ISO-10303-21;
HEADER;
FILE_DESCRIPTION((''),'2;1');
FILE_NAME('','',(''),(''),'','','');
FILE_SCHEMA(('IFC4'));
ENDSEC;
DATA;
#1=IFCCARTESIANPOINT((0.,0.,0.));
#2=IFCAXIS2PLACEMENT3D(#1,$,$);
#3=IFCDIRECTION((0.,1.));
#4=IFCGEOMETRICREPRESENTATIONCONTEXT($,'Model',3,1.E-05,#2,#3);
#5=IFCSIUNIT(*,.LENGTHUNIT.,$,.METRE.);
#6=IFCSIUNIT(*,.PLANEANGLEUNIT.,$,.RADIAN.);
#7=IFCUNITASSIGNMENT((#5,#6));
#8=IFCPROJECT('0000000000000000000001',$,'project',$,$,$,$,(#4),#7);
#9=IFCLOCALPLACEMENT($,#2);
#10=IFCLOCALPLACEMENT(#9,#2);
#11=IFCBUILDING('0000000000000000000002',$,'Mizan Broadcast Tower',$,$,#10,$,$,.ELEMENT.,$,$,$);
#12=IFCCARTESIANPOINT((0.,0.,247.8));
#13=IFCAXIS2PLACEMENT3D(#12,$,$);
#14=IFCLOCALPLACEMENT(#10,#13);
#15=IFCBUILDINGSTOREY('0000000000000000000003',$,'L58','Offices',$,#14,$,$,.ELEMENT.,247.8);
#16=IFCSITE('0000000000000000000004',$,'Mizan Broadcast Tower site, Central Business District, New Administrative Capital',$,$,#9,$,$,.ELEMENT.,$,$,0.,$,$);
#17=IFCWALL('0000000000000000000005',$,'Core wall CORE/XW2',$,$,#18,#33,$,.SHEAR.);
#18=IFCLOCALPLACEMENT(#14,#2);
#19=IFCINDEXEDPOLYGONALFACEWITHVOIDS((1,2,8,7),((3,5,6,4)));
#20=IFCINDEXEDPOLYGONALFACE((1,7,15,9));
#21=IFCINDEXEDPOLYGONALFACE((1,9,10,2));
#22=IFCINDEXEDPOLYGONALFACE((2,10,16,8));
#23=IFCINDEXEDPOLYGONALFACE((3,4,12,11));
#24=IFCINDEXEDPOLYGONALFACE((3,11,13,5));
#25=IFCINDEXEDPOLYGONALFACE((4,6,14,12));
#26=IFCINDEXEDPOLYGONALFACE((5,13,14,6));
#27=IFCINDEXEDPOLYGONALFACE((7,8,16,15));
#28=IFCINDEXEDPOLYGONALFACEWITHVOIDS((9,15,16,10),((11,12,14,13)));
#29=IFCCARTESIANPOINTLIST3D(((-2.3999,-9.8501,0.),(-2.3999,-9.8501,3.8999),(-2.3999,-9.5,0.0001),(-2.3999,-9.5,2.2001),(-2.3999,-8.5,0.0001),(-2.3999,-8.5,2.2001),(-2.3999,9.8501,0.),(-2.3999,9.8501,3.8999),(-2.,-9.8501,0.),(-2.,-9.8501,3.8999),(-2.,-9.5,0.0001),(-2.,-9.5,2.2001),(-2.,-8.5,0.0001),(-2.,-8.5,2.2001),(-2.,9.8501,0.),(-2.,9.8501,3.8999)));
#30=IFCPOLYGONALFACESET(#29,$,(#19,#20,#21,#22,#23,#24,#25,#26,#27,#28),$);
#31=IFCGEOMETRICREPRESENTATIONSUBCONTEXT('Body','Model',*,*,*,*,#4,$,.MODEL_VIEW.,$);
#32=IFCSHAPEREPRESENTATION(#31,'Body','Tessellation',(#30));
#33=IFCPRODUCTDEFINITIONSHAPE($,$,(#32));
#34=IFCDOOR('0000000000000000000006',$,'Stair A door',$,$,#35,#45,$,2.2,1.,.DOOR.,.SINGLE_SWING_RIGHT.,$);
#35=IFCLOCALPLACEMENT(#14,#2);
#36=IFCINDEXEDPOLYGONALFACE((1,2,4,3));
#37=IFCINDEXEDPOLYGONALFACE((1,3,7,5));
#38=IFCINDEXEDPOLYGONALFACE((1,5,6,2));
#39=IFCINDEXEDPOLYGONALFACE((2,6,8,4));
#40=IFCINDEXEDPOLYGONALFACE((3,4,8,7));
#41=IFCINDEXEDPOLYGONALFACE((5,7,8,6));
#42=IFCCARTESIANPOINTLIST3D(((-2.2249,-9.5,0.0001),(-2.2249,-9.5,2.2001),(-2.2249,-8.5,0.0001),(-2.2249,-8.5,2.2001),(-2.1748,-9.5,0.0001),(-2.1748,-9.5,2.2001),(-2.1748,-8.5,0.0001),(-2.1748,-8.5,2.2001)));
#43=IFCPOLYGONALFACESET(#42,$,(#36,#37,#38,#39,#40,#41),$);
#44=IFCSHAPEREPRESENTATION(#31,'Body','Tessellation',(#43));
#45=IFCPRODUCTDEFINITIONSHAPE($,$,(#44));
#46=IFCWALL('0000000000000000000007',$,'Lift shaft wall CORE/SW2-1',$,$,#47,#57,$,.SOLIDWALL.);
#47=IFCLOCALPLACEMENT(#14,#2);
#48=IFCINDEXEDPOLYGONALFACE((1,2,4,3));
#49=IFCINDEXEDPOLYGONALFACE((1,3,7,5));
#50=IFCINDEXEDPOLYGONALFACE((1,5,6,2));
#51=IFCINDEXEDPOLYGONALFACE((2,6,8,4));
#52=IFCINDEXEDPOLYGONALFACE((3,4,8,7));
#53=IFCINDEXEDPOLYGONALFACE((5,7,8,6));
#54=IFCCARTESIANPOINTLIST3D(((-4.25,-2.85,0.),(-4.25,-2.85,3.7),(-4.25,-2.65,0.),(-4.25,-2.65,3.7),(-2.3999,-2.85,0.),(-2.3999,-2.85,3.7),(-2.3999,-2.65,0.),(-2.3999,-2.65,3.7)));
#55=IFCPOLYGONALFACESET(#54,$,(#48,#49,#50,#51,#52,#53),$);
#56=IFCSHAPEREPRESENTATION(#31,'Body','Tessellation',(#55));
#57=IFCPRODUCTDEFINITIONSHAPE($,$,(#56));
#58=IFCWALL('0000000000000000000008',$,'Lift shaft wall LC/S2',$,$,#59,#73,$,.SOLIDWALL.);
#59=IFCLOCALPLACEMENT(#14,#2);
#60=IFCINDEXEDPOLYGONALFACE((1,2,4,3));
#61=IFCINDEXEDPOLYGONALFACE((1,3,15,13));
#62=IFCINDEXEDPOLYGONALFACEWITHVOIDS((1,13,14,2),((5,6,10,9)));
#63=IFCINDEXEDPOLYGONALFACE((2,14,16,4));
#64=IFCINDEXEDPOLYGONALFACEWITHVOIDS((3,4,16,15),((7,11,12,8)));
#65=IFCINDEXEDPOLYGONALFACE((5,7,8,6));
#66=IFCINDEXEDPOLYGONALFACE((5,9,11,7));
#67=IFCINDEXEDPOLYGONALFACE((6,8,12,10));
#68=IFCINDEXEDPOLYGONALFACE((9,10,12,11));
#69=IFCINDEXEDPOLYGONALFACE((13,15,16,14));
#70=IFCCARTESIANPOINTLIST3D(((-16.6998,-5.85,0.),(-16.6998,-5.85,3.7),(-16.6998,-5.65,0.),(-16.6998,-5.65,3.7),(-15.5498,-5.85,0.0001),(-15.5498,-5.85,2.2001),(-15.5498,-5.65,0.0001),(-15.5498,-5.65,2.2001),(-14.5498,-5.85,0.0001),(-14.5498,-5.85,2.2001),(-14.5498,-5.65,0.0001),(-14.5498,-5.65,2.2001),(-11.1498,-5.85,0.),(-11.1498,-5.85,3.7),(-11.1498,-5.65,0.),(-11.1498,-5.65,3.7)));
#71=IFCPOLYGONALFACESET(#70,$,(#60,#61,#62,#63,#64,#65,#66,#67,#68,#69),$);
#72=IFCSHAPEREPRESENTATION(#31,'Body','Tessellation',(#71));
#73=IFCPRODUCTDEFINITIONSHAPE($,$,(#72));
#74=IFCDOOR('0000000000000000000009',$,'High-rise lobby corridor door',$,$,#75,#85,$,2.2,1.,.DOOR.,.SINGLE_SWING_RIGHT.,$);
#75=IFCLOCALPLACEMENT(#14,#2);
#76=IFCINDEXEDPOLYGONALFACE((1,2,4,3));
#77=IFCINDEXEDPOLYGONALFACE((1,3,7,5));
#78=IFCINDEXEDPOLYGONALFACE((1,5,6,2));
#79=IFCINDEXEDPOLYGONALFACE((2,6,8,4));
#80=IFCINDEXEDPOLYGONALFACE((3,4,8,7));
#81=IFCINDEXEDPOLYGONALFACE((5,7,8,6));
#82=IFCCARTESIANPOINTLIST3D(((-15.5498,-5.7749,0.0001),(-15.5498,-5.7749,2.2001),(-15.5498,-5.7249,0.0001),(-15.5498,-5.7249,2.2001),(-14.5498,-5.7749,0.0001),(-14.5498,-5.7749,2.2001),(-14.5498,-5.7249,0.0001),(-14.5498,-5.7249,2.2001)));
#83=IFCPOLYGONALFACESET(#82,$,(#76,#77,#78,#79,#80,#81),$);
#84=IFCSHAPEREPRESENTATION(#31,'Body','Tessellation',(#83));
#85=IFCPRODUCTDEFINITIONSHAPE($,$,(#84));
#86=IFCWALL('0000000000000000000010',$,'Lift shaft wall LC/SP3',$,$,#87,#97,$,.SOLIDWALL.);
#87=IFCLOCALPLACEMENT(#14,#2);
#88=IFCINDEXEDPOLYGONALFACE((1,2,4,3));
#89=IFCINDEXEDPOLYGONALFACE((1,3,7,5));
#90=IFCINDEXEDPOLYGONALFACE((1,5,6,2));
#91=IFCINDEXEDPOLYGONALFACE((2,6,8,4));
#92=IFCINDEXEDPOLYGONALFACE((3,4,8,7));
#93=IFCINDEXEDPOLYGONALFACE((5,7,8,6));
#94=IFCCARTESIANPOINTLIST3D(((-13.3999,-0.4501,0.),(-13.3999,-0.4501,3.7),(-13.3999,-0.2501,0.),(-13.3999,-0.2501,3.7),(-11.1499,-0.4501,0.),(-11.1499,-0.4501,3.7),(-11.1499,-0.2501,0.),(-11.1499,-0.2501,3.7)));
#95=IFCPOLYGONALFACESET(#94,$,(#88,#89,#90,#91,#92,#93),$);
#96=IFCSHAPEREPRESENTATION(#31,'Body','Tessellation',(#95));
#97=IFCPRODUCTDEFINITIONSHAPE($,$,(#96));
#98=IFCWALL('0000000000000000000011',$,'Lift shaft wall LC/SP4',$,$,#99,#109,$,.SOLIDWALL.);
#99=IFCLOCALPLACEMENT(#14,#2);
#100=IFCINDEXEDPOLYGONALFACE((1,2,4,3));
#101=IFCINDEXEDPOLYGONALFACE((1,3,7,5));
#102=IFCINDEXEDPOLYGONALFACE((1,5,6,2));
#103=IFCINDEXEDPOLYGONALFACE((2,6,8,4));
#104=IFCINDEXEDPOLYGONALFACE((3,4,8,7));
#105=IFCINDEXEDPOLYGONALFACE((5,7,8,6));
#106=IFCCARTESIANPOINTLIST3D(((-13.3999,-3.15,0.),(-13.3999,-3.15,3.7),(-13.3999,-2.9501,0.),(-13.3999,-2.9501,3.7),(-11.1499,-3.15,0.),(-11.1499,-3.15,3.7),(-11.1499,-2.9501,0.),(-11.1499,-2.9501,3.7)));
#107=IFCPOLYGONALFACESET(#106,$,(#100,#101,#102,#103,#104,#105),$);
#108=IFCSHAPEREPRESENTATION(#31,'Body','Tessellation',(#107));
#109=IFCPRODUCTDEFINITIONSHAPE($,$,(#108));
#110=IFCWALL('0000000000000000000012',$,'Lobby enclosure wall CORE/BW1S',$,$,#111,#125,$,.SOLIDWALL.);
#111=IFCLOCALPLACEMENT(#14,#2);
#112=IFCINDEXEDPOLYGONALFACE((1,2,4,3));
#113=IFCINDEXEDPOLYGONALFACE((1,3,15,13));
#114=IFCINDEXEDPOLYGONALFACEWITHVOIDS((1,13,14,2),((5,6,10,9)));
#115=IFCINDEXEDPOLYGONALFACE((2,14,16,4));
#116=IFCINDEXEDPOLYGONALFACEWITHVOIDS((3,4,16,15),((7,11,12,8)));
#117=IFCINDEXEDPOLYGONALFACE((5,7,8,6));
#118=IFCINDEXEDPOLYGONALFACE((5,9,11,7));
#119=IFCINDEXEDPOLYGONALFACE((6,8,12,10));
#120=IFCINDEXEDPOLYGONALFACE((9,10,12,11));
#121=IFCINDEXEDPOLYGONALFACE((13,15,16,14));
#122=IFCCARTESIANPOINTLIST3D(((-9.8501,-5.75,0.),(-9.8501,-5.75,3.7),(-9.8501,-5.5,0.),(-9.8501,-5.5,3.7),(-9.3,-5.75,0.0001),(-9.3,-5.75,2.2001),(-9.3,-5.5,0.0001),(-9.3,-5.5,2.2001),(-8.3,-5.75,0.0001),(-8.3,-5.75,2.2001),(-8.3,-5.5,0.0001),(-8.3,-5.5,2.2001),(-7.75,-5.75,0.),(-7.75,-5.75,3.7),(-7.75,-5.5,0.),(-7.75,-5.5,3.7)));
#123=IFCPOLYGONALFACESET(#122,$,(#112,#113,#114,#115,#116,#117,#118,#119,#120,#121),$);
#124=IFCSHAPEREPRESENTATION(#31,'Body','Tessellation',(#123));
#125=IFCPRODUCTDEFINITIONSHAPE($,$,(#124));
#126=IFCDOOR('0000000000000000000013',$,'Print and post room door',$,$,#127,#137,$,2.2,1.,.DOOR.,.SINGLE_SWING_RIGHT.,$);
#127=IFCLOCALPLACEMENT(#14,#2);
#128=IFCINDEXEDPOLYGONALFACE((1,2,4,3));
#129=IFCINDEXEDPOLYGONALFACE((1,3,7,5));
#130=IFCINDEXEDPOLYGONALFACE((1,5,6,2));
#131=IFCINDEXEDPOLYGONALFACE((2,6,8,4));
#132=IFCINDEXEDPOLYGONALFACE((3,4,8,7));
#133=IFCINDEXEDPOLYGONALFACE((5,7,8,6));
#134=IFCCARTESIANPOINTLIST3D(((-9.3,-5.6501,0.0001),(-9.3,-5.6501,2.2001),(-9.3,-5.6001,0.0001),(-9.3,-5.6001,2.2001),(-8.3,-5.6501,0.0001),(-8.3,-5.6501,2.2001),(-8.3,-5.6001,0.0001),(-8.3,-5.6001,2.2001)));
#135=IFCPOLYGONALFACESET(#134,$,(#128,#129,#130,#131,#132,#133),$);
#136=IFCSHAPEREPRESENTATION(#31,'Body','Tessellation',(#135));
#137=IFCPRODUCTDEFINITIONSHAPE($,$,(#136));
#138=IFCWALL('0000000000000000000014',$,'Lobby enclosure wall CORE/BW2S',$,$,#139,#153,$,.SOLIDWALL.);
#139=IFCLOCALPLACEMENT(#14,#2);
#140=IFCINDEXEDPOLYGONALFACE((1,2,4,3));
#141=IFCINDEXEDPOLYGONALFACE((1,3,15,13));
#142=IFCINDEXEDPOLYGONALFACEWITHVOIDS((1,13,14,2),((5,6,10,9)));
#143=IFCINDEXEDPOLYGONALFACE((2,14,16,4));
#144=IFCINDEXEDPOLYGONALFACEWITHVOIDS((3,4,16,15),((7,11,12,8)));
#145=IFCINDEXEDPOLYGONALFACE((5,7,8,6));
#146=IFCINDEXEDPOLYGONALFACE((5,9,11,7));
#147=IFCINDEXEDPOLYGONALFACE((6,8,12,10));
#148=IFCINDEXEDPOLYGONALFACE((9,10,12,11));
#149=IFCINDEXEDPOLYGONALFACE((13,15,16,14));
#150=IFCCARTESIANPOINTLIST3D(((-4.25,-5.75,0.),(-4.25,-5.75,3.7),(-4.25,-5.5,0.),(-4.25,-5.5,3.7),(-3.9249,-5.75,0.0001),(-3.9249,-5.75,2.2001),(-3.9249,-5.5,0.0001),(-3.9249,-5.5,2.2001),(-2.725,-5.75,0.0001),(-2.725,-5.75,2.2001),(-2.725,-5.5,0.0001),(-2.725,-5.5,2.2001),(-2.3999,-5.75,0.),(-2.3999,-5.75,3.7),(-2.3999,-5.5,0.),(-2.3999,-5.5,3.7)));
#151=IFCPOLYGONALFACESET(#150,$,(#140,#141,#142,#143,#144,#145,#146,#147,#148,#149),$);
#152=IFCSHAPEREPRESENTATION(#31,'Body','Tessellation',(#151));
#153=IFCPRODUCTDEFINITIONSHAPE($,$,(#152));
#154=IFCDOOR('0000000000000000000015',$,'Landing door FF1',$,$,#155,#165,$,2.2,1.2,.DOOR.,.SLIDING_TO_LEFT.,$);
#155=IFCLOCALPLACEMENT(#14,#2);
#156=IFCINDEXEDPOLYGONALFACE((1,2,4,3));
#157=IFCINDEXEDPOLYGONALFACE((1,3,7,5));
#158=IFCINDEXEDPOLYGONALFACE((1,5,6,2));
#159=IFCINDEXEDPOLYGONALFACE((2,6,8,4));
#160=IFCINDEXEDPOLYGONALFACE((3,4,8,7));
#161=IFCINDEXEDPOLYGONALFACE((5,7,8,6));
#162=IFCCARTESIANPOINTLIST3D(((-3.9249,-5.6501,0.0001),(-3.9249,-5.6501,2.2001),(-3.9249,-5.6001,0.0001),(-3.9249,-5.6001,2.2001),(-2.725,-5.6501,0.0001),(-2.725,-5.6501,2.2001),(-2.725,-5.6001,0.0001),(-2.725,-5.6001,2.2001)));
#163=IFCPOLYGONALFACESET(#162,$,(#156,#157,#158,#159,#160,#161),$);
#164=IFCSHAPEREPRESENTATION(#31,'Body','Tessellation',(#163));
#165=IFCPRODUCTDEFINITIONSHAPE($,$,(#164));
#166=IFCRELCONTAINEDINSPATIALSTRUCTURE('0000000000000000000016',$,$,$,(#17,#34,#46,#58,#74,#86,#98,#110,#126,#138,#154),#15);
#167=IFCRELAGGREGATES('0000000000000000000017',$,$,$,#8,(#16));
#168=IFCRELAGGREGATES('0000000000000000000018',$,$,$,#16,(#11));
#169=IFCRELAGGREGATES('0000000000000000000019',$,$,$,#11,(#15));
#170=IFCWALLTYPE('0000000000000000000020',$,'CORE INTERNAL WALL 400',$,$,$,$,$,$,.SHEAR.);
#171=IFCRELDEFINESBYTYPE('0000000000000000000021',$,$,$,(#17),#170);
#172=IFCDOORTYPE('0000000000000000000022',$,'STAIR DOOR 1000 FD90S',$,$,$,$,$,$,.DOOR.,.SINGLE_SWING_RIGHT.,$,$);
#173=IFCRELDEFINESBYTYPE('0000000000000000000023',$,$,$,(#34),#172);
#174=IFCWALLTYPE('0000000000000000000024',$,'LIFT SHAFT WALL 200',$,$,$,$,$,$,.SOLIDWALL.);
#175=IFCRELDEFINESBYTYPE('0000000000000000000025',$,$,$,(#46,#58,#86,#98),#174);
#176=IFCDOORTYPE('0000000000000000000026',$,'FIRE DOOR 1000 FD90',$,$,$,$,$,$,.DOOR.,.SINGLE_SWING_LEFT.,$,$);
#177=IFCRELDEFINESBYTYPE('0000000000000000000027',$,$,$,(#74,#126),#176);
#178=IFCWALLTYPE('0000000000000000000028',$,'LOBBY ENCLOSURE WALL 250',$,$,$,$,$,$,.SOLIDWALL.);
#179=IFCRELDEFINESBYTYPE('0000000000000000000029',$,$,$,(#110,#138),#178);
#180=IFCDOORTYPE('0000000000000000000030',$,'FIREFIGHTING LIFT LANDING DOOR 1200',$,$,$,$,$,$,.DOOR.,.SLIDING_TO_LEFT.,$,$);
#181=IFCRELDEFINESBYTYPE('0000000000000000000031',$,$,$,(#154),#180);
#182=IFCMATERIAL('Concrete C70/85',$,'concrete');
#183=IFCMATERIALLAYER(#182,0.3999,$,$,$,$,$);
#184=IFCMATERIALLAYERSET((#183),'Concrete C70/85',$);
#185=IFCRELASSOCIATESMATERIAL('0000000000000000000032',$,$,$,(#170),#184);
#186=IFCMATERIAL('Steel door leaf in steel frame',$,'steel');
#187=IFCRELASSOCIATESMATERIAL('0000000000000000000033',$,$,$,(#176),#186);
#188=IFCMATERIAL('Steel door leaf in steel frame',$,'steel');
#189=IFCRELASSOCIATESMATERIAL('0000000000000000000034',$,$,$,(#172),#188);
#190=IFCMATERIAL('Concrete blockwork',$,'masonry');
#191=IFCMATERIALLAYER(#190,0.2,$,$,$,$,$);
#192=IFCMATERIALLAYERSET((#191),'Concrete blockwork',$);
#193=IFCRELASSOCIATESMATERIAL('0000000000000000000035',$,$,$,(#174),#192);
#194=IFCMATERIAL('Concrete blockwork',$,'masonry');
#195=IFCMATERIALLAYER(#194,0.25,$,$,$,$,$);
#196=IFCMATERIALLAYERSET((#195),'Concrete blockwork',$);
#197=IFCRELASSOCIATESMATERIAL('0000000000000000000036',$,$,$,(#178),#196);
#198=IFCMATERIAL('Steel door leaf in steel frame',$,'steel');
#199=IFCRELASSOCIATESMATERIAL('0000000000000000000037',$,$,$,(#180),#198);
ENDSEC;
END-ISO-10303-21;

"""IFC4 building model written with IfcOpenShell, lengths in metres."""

from ifc_helpers import new_model, si_unit, direction, frame, frame_2d, origin, place, context, subcontext, project, spatial, rectangle, extrude, material, layer, layer_set, type_object, element, fill, save


model = new_model("IFC4")

# Units and contexts
model_context = context("Model", 3, precision=1e-05, world=origin(), true_north=direction((0.0, 1.0)))
body_context = subcontext(model_context, "Body", "Model", "MODEL_VIEW")
ifc_project = project(units=[si_unit("LENGTHUNIT", "METRE"), si_unit("PLANEANGLEUNIT", "RADIAN")], contexts=[model_context])

# Site, building, storey
site_placement = place(None, origin())
site = spatial("IfcSite", under=ifc_project, at=site_placement, Name="Mizan Broadcast Tower site, Central Business District, New Administrative Capital", CompositionType="ELEMENT", RefElevation=0.0)
building_placement = place(site_placement, origin())
building = spatial("IfcBuilding", under=site, at=building_placement, Name="Mizan Broadcast Tower", CompositionType="ELEMENT")
storey_placement = place(building_placement, frame((0.0, 0.0, 247.8)))
storey = spatial("IfcBuildingStorey", under=building, at=storey_placement, Name="L58", Description="Offices", CompositionType="ELEMENT", Elevation=247.8)

# Shared definitions
ifc_material_1 = material(Name="Concrete C70/85", Category="concrete")
ifc_layer_1 = layer(ifc_material_1, 0.3999)
ifc_layer_set_1 = layer_set([ifc_layer_1], Name="Concrete C70/85")
wall_type_1 = type_object("IfcWallType", Name="CORE INTERNAL WALL 400", PredefinedType="SHEAR", material=ifc_layer_set_1)
ifc_material_2 = material(Name="Steel door leaf in steel frame", Category="steel")
door_type_1 = type_object("IfcDoorType", Name="FIRE DOOR 1000 FD90", OperationType="SINGLE_SWING_LEFT", PredefinedType="DOOR", material=ifc_material_2)

# Wall, opening, door
wall_1_placement = place(storey_placement, frame((-2.2, -9.8501, 0.0), z_axis=(0.0, 0.0, 1.0), x_axis=(0.0, 1.0, 0.0)))
wall_1 = element("IfcWall", 1, at=wall_1_placement, inside=storey, type_object=wall_type_1, Name="Core wall CORE/XW2", PredefinedType="SHEAR", context=body_context, shape_type="SweptSolid", body=[
    extrude(rectangle(XDim=19.7002, YDim=0.3999, at=frame_2d((9.8501, 0.0))), origin(), (0.0, 0.0, 1.0), 3.8999),
])
opening_1_placement = place(wall_1_placement, frame((0.3501, 0.0, 0.0)))
opening_1 = element("IfcOpeningElement", 2, at=opening_1_placement, cuts=wall_1, PredefinedType="OPENING", context=body_context, shape_type="SweptSolid", body=[
    extrude(rectangle(XDim=1.0, YDim=2.2, at=frame_2d((0.5, 1.1001))), frame((0.0, 0.21, 0.0), z_axis=(0.0, -1.0, 0.0), x_axis=(1.0, 0.0, 0.0)), (0.0, 0.0, 1.0), 0.4199),
])
ifc_material_3 = material(Name="Steel door leaf in steel frame", Category="steel")
door_type_2 = type_object("IfcDoorType", Name="STAIR DOOR 1000 FD90S", OperationType="SINGLE_SWING_RIGHT", PredefinedType="DOOR", material=ifc_material_3)
door_1_placement = place(opening_1_placement, origin())
door_1 = element("IfcDoor", 3, at=door_1_placement, inside=storey, type_object=door_type_2, Name="Stair A door", OperationType="SINGLE_SWING_RIGHT", OverallHeight=2.2, OverallWidth=1.0, PredefinedType="DOOR", context=body_context, shape_type="SweptSolid", body=[
    extrude(rectangle(XDim=1.0, YDim=2.2, at=frame_2d((0.5, 1.1001))), frame((0.0, 0.0249, 0.0), z_axis=(0.0, -1.0, 0.0), x_axis=(1.0, 0.0, 0.0)), (0.0, 0.0, 1.0), 0.05),
])
fill(opening_1, door_1)

# Wall
ifc_material_4 = material(Name="Concrete blockwork", Category="masonry")
ifc_layer_2 = layer(ifc_material_4, 0.2)
ifc_layer_set_2 = layer_set([ifc_layer_2], Name="Concrete blockwork")
wall_type_2 = type_object("IfcWallType", Name="LIFT SHAFT WALL 200", PredefinedType="SOLIDWALL", material=ifc_layer_set_2)
wall_2_placement = place(storey_placement, frame((-4.25, -2.75, 0.0), z_axis=(0.0, 0.0, 1.0), x_axis=(1.0, 0.0, 0.0)))
element("IfcWall", 4, at=wall_2_placement, inside=storey, type_object=wall_type_2, Name="Lift shaft wall CORE/SW2-1", PredefinedType="SOLIDWALL", context=body_context, shape_type="SweptSolid", body=[
    extrude(rectangle(XDim=1.8501, YDim=0.2, at=frame_2d((0.925, 0.0))), origin(), (0.0, 0.0, 1.0), 3.7),
])

# Wall, opening, door
wall_3_placement = place(storey_placement, frame((-11.1499, -5.75, 0.0), z_axis=(0.0, 0.0, 1.0), x_axis=(-1.0, 0.0, 0.0)))
wall_3 = element("IfcWall", 5, at=wall_3_placement, inside=storey, type_object=wall_type_2, Name="Lift shaft wall LC/S2", PredefinedType="SOLIDWALL", context=body_context, shape_type="SweptSolid", body=[
    extrude(rectangle(XDim=5.55, YDim=0.2, at=frame_2d((2.7749, 0.0))), origin(), (0.0, 0.0, 1.0), 3.7),
])
opening_2_placement = place(wall_3_placement, frame((3.3999, 0.0, 0.0)))
opening_2 = element("IfcOpeningElement", 6, at=opening_2_placement, cuts=wall_3, PredefinedType="OPENING", context=body_context, shape_type="SweptSolid", body=[
    extrude(rectangle(XDim=1.0, YDim=2.2, at=frame_2d((0.5, 1.1001))), frame((0.0, 0.1099, 0.0), z_axis=(0.0, -1.0, 0.0), x_axis=(1.0, 0.0, 0.0)), (0.0, 0.0, 1.0), 0.22),
])
door_2_placement = place(opening_2_placement, origin())
door_2 = element("IfcDoor", 7, at=door_2_placement, inside=storey, type_object=door_type_1, Name="High-rise lobby corridor door", OperationType="SINGLE_SWING_RIGHT", OverallHeight=2.2, OverallWidth=1.0, PredefinedType="DOOR", context=body_context, shape_type="SweptSolid", body=[
    extrude(rectangle(XDim=1.0, YDim=2.2, at=frame_2d((0.5, 1.1001))), frame((0.0, 0.0249, 0.0), z_axis=(0.0, -1.0, 0.0), x_axis=(1.0, 0.0, 0.0)), (0.0, 0.0, 1.0), 0.05),
])
fill(opening_2, door_2)

# Walls
for number, where, z_axis, x_axis, name in (
    (8, (-11.1499, -0.3501, 0.0), (0.0, 0.0, 1.0), (-1.0, 0.0, 0.0), "Lift shaft wall LC/SP3"),
    (9, (-11.1499, -3.05, 0.0), (0.0, 0.0, 1.0), (-1.0, 0.0, 0.0), "Lift shaft wall LC/SP4"),
):
    element("IfcWall", number, at=place(storey_placement, frame(where, z_axis=z_axis, x_axis=x_axis)), inside=storey, type_object=wall_type_2, Name=name, PredefinedType="SOLIDWALL", context=body_context, shape_type="SweptSolid", body=[
        extrude(rectangle(XDim=2.25, YDim=0.2, at=frame_2d((1.125, 0.0))), origin(), (0.0, 0.0, 1.0), 3.7),
    ])

# Walls, openings, doors
ifc_material_5 = material(Name="Concrete blockwork", Category="masonry")
ifc_layer_3 = layer(ifc_material_5, 0.25)
ifc_layer_set_3 = layer_set([ifc_layer_3], Name="Concrete blockwork")
wall_type_3 = type_object("IfcWallType", Name="LOBBY ENCLOSURE WALL 250", PredefinedType="SOLIDWALL", material=ifc_layer_set_3)
wall_4_placement = place(storey_placement, frame((-9.8501, -5.625, 0.0), z_axis=(0.0, 0.0, 1.0), x_axis=(1.0, 0.0, 0.0)))
wall_4 = element("IfcWall", 10, at=wall_4_placement, inside=storey, type_object=wall_type_3, Name="Lobby enclosure wall CORE/BW1S", PredefinedType="SOLIDWALL", context=body_context, shape_type="SweptSolid", body=[
    extrude(rectangle(XDim=2.1001, YDim=0.25, at=frame_2d((1.05, 0.0))), origin(), (0.0, 0.0, 1.0), 3.7),
])
opening_3_placement = place(wall_4_placement, frame((0.55, 0.0, 0.0)))
opening_3 = element("IfcOpeningElement", 11, at=opening_3_placement, cuts=wall_4, PredefinedType="OPENING", context=body_context, shape_type="SweptSolid", body=[
    extrude(rectangle(XDim=1.0, YDim=2.2, at=frame_2d((0.5, 1.1001))), frame((0.0, 0.135, 0.0), z_axis=(0.0, -1.0, 0.0), x_axis=(1.0, 0.0, 0.0)), (0.0, 0.0, 1.0), 0.27),
])
door_3_placement = place(opening_3_placement, origin())
door_3 = element("IfcDoor", 12, at=door_3_placement, inside=storey, type_object=door_type_1, Name="Print and post room door", OperationType="SINGLE_SWING_RIGHT", OverallHeight=2.2, OverallWidth=1.0, PredefinedType="DOOR", context=body_context, shape_type="SweptSolid", body=[
    extrude(rectangle(XDim=1.0, YDim=2.2, at=frame_2d((0.5, 1.1001))), frame((0.0, 0.0249, 0.0), z_axis=(0.0, -1.0, 0.0), x_axis=(1.0, 0.0, 0.0)), (0.0, 0.0, 1.0), 0.05),
])
fill(opening_3, door_3)
wall_5_placement = place(storey_placement, frame((-4.25, -5.625, 0.0), z_axis=(0.0, 0.0, 1.0), x_axis=(1.0, 0.0, 0.0)))
wall_5 = element("IfcWall", 13, at=wall_5_placement, inside=storey, type_object=wall_type_3, Name="Lobby enclosure wall CORE/BW2S", PredefinedType="SOLIDWALL", context=body_context, shape_type="SweptSolid", body=[
    extrude(rectangle(XDim=1.8501, YDim=0.25, at=frame_2d((0.925, 0.0))), origin(), (0.0, 0.0, 1.0), 3.7),
])
opening_4_placement = place(wall_5_placement, frame((0.325, 0.0, 0.0)))
opening_4 = element("IfcOpeningElement", 14, at=opening_4_placement, cuts=wall_5, PredefinedType="OPENING", context=body_context, shape_type="SweptSolid", body=[
    extrude(rectangle(XDim=1.2, YDim=2.2, at=frame_2d((0.6001, 1.1001))), frame((0.0, 0.135, 0.0), z_axis=(0.0, -1.0, 0.0), x_axis=(1.0, 0.0, 0.0)), (0.0, 0.0, 1.0), 0.27),
])
ifc_material_6 = material(Name="Steel door leaf in steel frame", Category="steel")
door_type_3 = type_object("IfcDoorType", Name="FIREFIGHTING LIFT LANDING DOOR 1200", OperationType="SLIDING_TO_LEFT", PredefinedType="DOOR", material=ifc_material_6)
door_4_placement = place(opening_4_placement, origin())
door_4 = element("IfcDoor", 15, at=door_4_placement, inside=storey, type_object=door_type_3, Name="Landing door FF1", OperationType="SLIDING_TO_LEFT", OverallHeight=2.2, OverallWidth=1.2, PredefinedType="DOOR", context=body_context, shape_type="SweptSolid", body=[
    extrude(rectangle(XDim=1.2, YDim=2.2, at=frame_2d((0.6001, 1.1001))), frame((0.0, 0.0249, 0.0), z_axis=(0.0, -1.0, 0.0), x_axis=(1.0, 0.0, 0.0)), (0.0, 0.0, 1.0), 0.05),
])
fill(opening_4, door_4)

save(model, "model.ifc")
